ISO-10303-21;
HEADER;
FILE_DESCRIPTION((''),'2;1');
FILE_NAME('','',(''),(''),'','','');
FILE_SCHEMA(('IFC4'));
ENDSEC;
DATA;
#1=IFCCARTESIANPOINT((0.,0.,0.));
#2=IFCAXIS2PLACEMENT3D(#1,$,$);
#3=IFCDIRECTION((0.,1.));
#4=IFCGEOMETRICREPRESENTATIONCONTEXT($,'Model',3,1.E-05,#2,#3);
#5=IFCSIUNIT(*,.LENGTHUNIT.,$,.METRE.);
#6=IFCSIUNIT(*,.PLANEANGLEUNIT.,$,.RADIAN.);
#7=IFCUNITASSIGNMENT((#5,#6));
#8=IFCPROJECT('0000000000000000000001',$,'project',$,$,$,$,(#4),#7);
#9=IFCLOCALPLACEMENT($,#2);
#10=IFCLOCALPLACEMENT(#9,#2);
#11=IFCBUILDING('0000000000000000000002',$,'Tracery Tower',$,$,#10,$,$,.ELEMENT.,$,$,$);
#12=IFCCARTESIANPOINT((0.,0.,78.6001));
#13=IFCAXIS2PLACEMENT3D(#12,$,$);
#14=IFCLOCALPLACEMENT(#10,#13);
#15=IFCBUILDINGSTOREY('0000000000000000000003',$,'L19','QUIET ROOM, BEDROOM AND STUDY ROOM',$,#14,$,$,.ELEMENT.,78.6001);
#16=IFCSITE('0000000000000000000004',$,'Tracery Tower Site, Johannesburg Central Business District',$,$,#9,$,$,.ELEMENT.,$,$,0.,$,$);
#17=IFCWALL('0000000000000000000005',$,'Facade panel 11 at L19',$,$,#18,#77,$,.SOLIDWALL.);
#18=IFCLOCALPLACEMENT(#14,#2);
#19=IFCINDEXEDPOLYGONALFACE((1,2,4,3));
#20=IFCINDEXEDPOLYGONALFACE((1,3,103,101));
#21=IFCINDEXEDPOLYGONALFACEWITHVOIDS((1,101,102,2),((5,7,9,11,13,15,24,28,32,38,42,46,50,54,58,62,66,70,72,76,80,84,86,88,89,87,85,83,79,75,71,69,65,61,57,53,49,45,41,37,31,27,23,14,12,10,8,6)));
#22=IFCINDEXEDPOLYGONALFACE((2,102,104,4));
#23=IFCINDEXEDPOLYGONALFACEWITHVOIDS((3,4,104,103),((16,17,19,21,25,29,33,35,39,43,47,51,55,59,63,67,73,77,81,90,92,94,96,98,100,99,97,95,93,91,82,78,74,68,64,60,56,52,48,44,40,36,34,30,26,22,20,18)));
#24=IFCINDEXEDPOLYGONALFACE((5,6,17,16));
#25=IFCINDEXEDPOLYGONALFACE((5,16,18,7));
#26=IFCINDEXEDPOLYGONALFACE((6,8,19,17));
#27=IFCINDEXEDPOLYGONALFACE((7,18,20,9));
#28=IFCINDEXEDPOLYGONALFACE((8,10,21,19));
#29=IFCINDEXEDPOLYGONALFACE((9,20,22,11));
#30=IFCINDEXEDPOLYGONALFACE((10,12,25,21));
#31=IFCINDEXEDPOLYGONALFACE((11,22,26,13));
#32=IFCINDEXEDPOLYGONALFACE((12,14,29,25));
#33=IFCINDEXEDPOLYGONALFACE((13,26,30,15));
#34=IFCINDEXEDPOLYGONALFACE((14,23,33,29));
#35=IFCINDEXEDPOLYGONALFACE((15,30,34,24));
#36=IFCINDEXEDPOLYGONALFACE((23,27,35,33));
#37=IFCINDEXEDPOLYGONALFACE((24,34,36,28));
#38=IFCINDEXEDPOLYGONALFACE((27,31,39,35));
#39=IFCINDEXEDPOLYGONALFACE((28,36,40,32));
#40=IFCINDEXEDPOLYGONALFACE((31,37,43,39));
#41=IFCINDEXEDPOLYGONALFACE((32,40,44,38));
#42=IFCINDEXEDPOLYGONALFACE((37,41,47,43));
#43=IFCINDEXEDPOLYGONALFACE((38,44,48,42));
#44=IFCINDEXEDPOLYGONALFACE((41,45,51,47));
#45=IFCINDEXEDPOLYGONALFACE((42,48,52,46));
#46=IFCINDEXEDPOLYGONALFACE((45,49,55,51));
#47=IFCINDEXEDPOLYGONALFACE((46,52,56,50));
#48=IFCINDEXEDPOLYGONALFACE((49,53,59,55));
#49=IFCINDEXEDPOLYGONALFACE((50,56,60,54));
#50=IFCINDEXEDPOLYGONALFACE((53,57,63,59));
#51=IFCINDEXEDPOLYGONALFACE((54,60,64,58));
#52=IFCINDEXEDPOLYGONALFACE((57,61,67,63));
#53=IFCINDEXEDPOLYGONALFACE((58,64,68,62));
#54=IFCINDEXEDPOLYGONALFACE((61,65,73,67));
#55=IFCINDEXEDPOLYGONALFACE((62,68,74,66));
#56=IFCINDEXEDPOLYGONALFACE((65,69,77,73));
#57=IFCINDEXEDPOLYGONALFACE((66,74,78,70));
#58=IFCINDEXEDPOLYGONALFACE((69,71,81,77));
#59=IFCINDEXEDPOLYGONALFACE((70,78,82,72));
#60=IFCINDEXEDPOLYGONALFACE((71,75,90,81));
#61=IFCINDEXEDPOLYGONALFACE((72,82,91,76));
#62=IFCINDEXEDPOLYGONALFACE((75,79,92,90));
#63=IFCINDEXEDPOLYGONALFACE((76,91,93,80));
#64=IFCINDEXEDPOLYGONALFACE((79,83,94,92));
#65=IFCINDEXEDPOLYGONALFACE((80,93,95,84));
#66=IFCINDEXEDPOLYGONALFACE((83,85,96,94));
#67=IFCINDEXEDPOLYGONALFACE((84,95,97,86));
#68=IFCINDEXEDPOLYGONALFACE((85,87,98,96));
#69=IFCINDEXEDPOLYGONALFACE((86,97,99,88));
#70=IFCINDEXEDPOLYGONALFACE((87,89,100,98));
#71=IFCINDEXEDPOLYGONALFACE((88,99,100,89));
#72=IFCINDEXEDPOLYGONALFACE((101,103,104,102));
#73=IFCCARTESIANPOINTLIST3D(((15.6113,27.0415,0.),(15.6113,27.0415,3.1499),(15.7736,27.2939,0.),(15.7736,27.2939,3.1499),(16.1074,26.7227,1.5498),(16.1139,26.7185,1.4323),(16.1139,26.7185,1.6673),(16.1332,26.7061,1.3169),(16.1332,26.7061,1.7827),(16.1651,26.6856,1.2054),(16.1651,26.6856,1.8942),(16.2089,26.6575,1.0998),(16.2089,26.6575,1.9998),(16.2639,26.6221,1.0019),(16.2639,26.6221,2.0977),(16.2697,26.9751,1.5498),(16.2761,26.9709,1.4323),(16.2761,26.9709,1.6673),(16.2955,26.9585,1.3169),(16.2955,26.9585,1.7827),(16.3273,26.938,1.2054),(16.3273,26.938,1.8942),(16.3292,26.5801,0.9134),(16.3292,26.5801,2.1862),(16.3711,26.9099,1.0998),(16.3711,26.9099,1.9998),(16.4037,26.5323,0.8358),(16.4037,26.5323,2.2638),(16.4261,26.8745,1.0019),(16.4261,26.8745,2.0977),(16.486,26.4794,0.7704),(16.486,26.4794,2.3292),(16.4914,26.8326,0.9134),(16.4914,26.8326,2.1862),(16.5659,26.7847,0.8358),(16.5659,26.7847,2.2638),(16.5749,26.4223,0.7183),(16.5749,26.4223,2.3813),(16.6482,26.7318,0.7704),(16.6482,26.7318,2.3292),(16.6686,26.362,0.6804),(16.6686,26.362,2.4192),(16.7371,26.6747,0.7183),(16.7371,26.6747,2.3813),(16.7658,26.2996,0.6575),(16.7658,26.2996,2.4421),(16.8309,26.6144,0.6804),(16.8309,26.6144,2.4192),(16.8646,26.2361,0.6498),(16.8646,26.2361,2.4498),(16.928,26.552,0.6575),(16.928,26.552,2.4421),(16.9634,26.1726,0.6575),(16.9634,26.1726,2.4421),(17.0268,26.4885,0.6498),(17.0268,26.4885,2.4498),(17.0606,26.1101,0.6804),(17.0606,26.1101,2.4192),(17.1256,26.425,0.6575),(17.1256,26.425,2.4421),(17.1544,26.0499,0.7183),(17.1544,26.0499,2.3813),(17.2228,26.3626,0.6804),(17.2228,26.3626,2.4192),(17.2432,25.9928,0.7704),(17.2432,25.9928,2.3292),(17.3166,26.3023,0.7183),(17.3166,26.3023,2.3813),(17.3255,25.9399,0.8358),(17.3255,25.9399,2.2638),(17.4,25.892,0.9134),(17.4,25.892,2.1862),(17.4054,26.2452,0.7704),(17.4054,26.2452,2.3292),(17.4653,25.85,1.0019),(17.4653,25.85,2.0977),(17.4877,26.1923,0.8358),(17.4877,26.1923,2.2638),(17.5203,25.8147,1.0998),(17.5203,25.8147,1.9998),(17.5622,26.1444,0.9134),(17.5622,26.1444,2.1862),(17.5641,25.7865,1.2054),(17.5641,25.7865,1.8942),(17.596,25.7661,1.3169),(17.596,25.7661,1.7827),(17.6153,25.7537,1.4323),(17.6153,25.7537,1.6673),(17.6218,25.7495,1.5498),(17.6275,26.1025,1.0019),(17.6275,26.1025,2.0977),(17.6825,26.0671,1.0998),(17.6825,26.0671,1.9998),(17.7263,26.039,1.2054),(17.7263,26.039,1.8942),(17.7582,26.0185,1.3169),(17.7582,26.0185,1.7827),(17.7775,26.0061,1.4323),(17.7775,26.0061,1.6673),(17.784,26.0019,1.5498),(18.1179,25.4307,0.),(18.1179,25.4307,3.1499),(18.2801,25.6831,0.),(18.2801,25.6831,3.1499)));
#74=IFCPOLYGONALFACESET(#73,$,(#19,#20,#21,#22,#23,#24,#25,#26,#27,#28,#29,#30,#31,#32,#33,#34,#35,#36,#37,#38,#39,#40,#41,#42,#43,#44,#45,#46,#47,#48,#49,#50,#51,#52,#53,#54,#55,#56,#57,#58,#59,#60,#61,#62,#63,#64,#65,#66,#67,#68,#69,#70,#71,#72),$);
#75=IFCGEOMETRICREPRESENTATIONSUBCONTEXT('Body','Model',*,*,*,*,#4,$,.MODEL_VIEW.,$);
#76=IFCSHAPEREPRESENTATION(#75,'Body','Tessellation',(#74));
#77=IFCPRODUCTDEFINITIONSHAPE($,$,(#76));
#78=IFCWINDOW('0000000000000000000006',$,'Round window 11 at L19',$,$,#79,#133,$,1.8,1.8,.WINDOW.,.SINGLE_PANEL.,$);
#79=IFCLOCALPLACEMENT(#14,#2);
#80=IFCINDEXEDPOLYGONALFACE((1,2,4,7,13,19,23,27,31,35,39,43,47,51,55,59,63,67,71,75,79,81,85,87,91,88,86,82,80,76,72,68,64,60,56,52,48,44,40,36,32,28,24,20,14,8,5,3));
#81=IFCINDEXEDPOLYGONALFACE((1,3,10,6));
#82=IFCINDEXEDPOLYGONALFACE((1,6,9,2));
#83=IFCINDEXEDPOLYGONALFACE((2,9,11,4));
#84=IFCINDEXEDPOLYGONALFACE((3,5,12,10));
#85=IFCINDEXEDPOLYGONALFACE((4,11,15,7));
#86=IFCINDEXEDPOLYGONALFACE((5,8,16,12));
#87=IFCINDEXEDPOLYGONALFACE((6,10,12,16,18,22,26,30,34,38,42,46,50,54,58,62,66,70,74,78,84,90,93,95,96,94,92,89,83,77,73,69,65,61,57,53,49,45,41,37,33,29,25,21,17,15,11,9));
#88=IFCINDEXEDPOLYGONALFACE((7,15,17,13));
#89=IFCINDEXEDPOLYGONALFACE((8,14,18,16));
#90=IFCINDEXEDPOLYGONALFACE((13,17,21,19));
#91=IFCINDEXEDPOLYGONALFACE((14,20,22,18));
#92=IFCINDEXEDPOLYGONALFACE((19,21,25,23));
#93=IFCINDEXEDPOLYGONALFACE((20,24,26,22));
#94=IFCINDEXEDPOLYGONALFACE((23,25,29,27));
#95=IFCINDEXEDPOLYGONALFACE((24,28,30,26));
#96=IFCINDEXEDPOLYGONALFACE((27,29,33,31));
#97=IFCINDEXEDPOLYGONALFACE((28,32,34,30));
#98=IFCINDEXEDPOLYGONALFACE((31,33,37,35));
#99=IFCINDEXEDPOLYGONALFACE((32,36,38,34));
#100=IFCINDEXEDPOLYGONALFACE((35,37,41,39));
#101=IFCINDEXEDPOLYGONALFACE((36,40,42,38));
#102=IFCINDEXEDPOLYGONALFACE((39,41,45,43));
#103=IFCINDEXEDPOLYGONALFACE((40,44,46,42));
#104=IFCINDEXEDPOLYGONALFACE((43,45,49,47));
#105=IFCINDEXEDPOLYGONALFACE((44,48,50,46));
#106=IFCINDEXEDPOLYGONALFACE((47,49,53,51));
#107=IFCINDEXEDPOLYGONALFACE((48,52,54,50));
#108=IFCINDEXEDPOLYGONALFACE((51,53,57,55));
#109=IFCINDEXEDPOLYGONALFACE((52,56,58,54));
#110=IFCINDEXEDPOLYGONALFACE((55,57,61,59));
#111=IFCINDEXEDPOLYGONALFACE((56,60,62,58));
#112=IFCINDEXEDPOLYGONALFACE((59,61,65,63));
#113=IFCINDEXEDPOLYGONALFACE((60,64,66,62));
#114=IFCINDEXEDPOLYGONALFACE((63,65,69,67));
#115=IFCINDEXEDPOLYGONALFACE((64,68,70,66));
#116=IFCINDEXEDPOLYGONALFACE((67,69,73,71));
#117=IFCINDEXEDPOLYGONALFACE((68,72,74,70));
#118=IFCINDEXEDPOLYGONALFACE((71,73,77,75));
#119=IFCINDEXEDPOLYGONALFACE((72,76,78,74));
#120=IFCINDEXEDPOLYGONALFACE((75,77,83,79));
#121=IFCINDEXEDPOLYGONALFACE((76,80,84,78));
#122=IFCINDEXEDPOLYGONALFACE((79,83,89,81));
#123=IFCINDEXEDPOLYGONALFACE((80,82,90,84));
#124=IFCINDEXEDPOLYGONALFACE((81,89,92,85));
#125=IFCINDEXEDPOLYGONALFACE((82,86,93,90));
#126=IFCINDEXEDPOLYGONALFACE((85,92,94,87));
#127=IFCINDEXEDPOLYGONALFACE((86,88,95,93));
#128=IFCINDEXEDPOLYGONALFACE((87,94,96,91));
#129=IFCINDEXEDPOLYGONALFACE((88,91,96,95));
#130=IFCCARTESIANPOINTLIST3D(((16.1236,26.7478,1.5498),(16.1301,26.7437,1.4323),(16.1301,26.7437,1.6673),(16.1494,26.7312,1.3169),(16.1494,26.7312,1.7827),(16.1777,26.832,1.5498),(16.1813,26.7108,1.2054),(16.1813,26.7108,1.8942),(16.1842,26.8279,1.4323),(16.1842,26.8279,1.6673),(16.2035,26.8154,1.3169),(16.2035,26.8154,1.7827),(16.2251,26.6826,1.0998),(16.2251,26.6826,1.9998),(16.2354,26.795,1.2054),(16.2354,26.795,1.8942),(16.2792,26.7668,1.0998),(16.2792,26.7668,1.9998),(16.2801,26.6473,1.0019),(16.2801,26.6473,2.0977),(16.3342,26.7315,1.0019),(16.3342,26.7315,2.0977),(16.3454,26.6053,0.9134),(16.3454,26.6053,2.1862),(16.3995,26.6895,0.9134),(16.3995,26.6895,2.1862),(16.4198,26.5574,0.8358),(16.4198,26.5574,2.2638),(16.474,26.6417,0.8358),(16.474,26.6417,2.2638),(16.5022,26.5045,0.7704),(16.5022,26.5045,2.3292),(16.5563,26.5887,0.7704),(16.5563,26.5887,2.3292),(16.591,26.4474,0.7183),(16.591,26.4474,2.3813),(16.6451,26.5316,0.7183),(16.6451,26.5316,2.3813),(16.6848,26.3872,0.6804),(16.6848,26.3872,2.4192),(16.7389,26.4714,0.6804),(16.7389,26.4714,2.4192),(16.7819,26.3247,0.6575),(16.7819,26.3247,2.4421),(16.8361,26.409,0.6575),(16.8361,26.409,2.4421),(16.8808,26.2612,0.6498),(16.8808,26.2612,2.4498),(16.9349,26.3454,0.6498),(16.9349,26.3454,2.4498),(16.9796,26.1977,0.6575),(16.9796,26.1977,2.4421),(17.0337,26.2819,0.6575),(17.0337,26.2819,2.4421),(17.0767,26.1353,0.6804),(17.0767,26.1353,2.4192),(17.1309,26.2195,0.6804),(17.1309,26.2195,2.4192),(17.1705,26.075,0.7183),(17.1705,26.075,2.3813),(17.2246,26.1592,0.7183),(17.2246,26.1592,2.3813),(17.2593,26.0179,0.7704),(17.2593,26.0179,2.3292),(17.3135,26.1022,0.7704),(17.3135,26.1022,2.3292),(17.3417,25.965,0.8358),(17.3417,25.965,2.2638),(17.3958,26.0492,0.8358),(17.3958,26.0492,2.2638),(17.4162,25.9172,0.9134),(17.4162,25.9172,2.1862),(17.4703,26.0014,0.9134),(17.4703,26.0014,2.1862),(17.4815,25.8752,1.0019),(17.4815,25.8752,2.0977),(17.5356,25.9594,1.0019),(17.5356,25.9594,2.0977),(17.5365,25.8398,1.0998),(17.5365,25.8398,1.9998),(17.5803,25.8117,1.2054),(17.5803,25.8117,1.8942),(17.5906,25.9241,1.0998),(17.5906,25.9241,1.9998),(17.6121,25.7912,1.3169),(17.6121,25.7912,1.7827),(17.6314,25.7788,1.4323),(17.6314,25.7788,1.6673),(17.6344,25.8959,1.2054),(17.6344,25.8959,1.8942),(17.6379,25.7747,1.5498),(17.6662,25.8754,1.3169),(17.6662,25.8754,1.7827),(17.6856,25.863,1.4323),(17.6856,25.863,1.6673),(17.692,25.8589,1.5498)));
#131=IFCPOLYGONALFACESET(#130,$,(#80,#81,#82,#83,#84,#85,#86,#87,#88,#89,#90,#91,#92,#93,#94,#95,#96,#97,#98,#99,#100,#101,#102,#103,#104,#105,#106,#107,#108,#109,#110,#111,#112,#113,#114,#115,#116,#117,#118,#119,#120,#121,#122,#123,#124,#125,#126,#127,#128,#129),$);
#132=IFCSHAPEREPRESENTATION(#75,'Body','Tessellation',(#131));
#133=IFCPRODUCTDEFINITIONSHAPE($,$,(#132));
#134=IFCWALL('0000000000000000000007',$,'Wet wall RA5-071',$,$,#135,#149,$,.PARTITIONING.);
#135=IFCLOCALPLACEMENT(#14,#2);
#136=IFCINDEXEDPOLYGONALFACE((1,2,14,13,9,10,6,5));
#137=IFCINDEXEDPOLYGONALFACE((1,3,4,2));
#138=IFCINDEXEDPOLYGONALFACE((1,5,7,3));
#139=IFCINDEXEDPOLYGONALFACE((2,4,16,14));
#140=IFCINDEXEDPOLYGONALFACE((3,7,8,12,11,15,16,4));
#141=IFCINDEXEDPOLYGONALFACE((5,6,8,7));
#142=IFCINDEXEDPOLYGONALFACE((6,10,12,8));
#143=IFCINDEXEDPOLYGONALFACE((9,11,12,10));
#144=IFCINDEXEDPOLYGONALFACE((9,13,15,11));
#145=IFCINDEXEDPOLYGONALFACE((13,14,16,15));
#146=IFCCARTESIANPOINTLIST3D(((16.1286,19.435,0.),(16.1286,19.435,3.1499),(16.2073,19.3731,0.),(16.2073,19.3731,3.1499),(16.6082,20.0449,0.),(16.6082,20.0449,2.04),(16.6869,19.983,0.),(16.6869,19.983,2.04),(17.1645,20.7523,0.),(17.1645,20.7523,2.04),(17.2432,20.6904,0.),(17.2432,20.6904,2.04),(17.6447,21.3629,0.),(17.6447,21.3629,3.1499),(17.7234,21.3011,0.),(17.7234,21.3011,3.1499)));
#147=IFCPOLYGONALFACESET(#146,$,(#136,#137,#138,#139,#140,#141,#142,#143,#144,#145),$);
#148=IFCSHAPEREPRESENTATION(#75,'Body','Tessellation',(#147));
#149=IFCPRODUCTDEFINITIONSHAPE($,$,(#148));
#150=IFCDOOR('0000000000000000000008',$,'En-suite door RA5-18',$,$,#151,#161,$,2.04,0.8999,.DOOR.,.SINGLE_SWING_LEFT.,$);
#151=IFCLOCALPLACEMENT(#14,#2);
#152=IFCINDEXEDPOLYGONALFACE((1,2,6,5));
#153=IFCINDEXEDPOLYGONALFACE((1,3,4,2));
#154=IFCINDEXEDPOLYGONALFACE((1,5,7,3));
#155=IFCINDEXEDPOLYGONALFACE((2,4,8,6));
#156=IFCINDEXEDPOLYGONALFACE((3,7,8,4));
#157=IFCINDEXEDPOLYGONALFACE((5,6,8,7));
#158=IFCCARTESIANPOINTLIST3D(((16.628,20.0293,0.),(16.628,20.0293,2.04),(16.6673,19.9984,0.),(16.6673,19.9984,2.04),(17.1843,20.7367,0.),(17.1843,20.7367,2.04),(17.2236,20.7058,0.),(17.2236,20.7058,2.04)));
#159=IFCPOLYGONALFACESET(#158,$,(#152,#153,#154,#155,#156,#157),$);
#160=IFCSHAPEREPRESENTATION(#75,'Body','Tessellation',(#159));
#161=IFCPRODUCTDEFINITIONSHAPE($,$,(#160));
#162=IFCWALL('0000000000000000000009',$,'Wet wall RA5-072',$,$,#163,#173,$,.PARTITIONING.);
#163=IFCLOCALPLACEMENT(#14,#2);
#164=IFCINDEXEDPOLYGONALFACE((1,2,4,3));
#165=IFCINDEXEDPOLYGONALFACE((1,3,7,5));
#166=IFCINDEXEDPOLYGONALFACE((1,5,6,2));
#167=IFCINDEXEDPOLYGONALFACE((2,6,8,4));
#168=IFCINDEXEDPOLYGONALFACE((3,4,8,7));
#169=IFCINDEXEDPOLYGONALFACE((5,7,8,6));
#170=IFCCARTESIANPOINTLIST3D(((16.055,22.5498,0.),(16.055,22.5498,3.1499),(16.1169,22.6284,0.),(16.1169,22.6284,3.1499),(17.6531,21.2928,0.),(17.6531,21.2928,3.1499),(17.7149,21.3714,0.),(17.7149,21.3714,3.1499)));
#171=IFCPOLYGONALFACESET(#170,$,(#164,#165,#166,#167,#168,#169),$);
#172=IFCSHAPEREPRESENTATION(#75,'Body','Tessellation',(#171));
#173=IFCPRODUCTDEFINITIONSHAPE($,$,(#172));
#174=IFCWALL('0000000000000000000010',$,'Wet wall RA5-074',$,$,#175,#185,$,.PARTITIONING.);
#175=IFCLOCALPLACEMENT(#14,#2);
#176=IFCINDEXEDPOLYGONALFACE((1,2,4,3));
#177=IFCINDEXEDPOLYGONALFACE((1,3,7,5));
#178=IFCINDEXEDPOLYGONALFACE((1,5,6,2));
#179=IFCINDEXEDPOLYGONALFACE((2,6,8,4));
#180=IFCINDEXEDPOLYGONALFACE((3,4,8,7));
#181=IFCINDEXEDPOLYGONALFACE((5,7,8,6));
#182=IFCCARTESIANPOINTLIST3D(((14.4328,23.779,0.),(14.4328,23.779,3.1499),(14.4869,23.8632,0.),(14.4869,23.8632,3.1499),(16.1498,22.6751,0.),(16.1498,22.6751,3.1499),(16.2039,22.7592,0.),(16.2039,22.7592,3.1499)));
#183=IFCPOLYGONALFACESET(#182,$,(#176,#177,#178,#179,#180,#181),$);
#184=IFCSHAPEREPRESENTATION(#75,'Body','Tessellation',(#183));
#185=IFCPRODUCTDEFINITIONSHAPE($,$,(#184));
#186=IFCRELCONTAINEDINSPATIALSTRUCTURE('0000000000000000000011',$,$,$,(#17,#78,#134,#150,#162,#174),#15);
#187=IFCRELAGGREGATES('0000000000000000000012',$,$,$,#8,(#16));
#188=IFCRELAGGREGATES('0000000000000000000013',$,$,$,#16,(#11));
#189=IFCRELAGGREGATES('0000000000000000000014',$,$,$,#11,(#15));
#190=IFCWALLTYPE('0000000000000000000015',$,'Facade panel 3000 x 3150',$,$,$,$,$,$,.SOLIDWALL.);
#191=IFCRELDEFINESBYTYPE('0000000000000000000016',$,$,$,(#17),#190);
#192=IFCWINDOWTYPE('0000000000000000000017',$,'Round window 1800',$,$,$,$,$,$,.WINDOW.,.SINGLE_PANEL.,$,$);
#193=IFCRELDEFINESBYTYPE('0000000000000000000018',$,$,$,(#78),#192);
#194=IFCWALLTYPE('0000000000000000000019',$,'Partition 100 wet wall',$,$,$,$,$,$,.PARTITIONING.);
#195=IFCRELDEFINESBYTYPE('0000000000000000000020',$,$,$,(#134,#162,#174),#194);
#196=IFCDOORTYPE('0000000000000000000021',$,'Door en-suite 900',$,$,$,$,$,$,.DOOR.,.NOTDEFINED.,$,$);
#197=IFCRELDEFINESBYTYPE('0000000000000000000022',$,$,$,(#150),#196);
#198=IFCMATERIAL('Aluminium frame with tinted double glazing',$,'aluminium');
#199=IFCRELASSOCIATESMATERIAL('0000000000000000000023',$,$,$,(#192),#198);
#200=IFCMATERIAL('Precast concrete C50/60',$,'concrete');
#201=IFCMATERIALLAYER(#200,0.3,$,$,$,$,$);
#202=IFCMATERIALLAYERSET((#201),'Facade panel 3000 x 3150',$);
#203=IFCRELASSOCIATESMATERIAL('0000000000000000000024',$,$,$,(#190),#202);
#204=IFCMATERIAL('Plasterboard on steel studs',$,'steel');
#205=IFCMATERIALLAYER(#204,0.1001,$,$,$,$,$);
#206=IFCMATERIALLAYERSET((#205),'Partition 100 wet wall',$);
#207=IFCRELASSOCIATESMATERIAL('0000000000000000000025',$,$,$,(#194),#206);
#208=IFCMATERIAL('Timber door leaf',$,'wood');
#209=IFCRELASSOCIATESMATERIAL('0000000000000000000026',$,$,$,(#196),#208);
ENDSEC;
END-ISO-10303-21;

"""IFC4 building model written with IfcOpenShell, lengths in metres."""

from ifc_helpers import new_model, si_unit, direction, frame, frame_2d, origin, origin_2d, place, context, subcontext, project, spatial, rectangle, circle, extrude, material, layer, layer_set, type_object, element, fill, save


model = new_model("IFC4")

# Units and contexts
model_context = context("Model", 3, precision=1e-05, world=origin(), true_north=direction((0.0, 1.0)))
body_context = subcontext(model_context, "Body", "Model", "MODEL_VIEW")
ifc_project = project(units=[si_unit("LENGTHUNIT", "METRE"), si_unit("PLANEANGLEUNIT", "RADIAN")], contexts=[model_context])

# Site, building, storey
site_placement = place(None, origin())
site = spatial("IfcSite", under=ifc_project, at=site_placement, Name="Tracery Tower Site, Johannesburg Central Business District", CompositionType="ELEMENT", RefElevation=0.0)
building_placement = place(site_placement, origin())
building = spatial("IfcBuilding", under=site, at=building_placement, Name="Tracery Tower", CompositionType="ELEMENT")
storey_placement = place(building_placement, frame((0.0, 0.0, 78.6001)))
storey = spatial("IfcBuildingStorey", under=building, at=storey_placement, Name="L19", Description="QUIET ROOM, BEDROOM AND STUDY ROOM", CompositionType="ELEMENT", Elevation=78.6001)

# Wall, opening, window
ifc_material_1 = material(Name="Aluminium frame with tinted double glazing", Category="aluminium")
window_type = type_object("IfcWindowType", Name="Round window 1800", PartitioningType="SINGLE_PANEL", PredefinedType="WINDOW", material=ifc_material_1)
ifc_material_2 = material(Name="Precast concrete C50/60", Category="concrete")
ifc_layer_1 = layer(ifc_material_2, 0.3)
ifc_layer_set_1 = layer_set([ifc_layer_1], Name="Facade panel 3000 x 3150")
wall_type_1 = type_object("IfcWallType", Name="Facade panel 3000 x 3150", PredefinedType="SOLIDWALL", material=ifc_layer_set_1)
wall_1_placement = place(storey_placement, frame((18.199, 25.5569, 0.0), z_axis=(0.0, 0.0, 1.0), x_axis=(-0.841261, 0.540629, 0.0)))
wall_1 = element("IfcWall", 1, at=wall_1_placement, inside=storey, type_object=wall_type_1, Name="Facade panel 11 at L19", PredefinedType="SOLIDWALL", context=body_context, shape_type="SweptSolid", body=[
    extrude(rectangle(XDim=2.9795, YDim=0.3, at=frame_2d((1.4897, 0.0))), origin(), (0.0, 0.0, 1.0), 3.1499),
])
opening_1_placement = place(wall_1_placement, frame((1.4897, 0.0, 1.5498)))
opening_1 = element("IfcOpeningElement", 2, at=opening_1_placement, cuts=wall_1, PredefinedType="OPENING", context=body_context, shape_type="SweptSolid", body=[
    extrude(circle(Radius=0.9, at=origin_2d()), frame((0.0, 0.1599, 0.0), z_axis=(0.0, -1.0, 0.0), x_axis=(1.0, 0.0, 0.0)), (0.0, 0.0, 1.0), 0.3201),
])
window_1_placement = place(opening_1_placement, origin())
window_1 = element("IfcWindow", 3, at=window_1_placement, inside=storey, type_object=window_type, Name="Round window 11 at L19", OverallHeight=1.8, OverallWidth=1.8, PartitioningType="SINGLE_PANEL", PredefinedType="WINDOW", context=body_context, shape_type="SweptSolid", body=[
    extrude(circle(Radius=0.9, at=origin_2d()), frame((0.0, 0.1201, 0.0), z_axis=(0.0, -1.0, 0.0), x_axis=(1.0, 0.0, 0.0)), (0.0, 0.0, 1.0), 0.1001),
])
fill(opening_1, window_1)

# Wall, opening, door
ifc_material_3 = material(Name="Plasterboard on steel studs", Category="steel")
ifc_layer_2 = layer(ifc_material_3, 0.1001)
ifc_layer_set_2 = layer_set([ifc_layer_2], Name="Partition 100 wet wall")
wall_type_2 = type_object("IfcWallType", Name="Partition 100 wet wall", PredefinedType="PARTITIONING", material=ifc_layer_set_2)
wall_2_placement = place(storey_placement, frame((16.168, 19.4041, 0.0), z_axis=(0.0, 0.0, 1.0), x_axis=(0.618142, 0.786066, 0.0)))
wall_2 = element("IfcWall", 4, at=wall_2_placement, inside=storey, type_object=wall_type_2, Name="Wet wall RA5-071", PredefinedType="PARTITIONING", context=body_context, shape_type="SweptSolid", body=[
    extrude(rectangle(XDim=2.4526, YDim=0.1001, at=frame_2d((1.2263, 0.0))), origin(), (0.0, 0.0, 1.0), 3.1499),
])
opening_2_placement = place(wall_2_placement, frame((0.7759, 0.0, 0.0)))
opening_2 = element("IfcOpeningElement", 5, at=opening_2_placement, cuts=wall_2, PredefinedType="OPENING", context=body_context, shape_type="SweptSolid", body=[
    extrude(rectangle(XDim=0.8999, YDim=2.04, at=frame_2d((0.45, 1.02))), frame((0.0, 0.05, 0.0), z_axis=(0.0, -1.0, 0.0), x_axis=(1.0, 0.0, 0.0)), (0.0, 0.0, 1.0), 0.1001),
])
ifc_material_4 = material(Name="Timber door leaf", Category="wood")
door_type_1 = type_object("IfcDoorType", Name="Door en-suite 900", OperationType="NOTDEFINED", PredefinedType="DOOR", material=ifc_material_4)
door_1_placement = place(opening_2_placement, origin())
door_1 = element("IfcDoor", 6, at=door_1_placement, inside=storey, type_object=door_type_1, Name="En-suite door RA5-18", OperationType="SINGLE_SWING_LEFT", OverallHeight=2.04, OverallWidth=0.8999, PredefinedType="DOOR", context=body_context, shape_type="SweptSolid", body=[
    extrude(rectangle(XDim=0.8999, YDim=2.04, at=frame_2d((0.45, 1.02))), frame((0.0, 0.0249, 0.0), z_axis=(0.0, -1.0, 0.0), x_axis=(1.0, 0.0, 0.0)), (0.0, 0.0, 1.0), 0.05),
])
fill(opening_2, door_1)

# Walls
wall_3_placement = place(storey_placement, frame((16.0859, 22.5891, 0.0), z_axis=(0.0, 0.0, 1.0), x_axis=(0.785985, -0.618246, 0.0)))
element("IfcWall", 7, at=wall_3_placement, inside=storey, type_object=wall_type_2, Name="Wet wall RA5-072", PredefinedType="PARTITIONING", context=body_context, shape_type="SweptSolid", body=[
    extrude(rectangle(XDim=2.0332, YDim=0.1001, at=frame_2d((1.0166, 0.0))), origin(), (0.0, 0.0, 1.0), 3.1499),
])
wall_4_placement = place(storey_placement, frame((14.46, 23.821, 0.0), z_axis=(0.0, 0.0, 1.0), x_axis=(0.841136, -0.540824, 0.0)))
element("IfcWall", 8, at=wall_4_placement, inside=storey, type_object=wall_type_2, Name="Wet wall RA5-074", PredefinedType="PARTITIONING", context=body_context, shape_type="SweptSolid", body=[
    extrude(rectangle(XDim=2.0413, YDim=0.1001, at=frame_2d((1.0205, 0.0))), origin(), (0.0, 0.0, 1.0), 3.1499),
])

save(model, "model.ifc")
